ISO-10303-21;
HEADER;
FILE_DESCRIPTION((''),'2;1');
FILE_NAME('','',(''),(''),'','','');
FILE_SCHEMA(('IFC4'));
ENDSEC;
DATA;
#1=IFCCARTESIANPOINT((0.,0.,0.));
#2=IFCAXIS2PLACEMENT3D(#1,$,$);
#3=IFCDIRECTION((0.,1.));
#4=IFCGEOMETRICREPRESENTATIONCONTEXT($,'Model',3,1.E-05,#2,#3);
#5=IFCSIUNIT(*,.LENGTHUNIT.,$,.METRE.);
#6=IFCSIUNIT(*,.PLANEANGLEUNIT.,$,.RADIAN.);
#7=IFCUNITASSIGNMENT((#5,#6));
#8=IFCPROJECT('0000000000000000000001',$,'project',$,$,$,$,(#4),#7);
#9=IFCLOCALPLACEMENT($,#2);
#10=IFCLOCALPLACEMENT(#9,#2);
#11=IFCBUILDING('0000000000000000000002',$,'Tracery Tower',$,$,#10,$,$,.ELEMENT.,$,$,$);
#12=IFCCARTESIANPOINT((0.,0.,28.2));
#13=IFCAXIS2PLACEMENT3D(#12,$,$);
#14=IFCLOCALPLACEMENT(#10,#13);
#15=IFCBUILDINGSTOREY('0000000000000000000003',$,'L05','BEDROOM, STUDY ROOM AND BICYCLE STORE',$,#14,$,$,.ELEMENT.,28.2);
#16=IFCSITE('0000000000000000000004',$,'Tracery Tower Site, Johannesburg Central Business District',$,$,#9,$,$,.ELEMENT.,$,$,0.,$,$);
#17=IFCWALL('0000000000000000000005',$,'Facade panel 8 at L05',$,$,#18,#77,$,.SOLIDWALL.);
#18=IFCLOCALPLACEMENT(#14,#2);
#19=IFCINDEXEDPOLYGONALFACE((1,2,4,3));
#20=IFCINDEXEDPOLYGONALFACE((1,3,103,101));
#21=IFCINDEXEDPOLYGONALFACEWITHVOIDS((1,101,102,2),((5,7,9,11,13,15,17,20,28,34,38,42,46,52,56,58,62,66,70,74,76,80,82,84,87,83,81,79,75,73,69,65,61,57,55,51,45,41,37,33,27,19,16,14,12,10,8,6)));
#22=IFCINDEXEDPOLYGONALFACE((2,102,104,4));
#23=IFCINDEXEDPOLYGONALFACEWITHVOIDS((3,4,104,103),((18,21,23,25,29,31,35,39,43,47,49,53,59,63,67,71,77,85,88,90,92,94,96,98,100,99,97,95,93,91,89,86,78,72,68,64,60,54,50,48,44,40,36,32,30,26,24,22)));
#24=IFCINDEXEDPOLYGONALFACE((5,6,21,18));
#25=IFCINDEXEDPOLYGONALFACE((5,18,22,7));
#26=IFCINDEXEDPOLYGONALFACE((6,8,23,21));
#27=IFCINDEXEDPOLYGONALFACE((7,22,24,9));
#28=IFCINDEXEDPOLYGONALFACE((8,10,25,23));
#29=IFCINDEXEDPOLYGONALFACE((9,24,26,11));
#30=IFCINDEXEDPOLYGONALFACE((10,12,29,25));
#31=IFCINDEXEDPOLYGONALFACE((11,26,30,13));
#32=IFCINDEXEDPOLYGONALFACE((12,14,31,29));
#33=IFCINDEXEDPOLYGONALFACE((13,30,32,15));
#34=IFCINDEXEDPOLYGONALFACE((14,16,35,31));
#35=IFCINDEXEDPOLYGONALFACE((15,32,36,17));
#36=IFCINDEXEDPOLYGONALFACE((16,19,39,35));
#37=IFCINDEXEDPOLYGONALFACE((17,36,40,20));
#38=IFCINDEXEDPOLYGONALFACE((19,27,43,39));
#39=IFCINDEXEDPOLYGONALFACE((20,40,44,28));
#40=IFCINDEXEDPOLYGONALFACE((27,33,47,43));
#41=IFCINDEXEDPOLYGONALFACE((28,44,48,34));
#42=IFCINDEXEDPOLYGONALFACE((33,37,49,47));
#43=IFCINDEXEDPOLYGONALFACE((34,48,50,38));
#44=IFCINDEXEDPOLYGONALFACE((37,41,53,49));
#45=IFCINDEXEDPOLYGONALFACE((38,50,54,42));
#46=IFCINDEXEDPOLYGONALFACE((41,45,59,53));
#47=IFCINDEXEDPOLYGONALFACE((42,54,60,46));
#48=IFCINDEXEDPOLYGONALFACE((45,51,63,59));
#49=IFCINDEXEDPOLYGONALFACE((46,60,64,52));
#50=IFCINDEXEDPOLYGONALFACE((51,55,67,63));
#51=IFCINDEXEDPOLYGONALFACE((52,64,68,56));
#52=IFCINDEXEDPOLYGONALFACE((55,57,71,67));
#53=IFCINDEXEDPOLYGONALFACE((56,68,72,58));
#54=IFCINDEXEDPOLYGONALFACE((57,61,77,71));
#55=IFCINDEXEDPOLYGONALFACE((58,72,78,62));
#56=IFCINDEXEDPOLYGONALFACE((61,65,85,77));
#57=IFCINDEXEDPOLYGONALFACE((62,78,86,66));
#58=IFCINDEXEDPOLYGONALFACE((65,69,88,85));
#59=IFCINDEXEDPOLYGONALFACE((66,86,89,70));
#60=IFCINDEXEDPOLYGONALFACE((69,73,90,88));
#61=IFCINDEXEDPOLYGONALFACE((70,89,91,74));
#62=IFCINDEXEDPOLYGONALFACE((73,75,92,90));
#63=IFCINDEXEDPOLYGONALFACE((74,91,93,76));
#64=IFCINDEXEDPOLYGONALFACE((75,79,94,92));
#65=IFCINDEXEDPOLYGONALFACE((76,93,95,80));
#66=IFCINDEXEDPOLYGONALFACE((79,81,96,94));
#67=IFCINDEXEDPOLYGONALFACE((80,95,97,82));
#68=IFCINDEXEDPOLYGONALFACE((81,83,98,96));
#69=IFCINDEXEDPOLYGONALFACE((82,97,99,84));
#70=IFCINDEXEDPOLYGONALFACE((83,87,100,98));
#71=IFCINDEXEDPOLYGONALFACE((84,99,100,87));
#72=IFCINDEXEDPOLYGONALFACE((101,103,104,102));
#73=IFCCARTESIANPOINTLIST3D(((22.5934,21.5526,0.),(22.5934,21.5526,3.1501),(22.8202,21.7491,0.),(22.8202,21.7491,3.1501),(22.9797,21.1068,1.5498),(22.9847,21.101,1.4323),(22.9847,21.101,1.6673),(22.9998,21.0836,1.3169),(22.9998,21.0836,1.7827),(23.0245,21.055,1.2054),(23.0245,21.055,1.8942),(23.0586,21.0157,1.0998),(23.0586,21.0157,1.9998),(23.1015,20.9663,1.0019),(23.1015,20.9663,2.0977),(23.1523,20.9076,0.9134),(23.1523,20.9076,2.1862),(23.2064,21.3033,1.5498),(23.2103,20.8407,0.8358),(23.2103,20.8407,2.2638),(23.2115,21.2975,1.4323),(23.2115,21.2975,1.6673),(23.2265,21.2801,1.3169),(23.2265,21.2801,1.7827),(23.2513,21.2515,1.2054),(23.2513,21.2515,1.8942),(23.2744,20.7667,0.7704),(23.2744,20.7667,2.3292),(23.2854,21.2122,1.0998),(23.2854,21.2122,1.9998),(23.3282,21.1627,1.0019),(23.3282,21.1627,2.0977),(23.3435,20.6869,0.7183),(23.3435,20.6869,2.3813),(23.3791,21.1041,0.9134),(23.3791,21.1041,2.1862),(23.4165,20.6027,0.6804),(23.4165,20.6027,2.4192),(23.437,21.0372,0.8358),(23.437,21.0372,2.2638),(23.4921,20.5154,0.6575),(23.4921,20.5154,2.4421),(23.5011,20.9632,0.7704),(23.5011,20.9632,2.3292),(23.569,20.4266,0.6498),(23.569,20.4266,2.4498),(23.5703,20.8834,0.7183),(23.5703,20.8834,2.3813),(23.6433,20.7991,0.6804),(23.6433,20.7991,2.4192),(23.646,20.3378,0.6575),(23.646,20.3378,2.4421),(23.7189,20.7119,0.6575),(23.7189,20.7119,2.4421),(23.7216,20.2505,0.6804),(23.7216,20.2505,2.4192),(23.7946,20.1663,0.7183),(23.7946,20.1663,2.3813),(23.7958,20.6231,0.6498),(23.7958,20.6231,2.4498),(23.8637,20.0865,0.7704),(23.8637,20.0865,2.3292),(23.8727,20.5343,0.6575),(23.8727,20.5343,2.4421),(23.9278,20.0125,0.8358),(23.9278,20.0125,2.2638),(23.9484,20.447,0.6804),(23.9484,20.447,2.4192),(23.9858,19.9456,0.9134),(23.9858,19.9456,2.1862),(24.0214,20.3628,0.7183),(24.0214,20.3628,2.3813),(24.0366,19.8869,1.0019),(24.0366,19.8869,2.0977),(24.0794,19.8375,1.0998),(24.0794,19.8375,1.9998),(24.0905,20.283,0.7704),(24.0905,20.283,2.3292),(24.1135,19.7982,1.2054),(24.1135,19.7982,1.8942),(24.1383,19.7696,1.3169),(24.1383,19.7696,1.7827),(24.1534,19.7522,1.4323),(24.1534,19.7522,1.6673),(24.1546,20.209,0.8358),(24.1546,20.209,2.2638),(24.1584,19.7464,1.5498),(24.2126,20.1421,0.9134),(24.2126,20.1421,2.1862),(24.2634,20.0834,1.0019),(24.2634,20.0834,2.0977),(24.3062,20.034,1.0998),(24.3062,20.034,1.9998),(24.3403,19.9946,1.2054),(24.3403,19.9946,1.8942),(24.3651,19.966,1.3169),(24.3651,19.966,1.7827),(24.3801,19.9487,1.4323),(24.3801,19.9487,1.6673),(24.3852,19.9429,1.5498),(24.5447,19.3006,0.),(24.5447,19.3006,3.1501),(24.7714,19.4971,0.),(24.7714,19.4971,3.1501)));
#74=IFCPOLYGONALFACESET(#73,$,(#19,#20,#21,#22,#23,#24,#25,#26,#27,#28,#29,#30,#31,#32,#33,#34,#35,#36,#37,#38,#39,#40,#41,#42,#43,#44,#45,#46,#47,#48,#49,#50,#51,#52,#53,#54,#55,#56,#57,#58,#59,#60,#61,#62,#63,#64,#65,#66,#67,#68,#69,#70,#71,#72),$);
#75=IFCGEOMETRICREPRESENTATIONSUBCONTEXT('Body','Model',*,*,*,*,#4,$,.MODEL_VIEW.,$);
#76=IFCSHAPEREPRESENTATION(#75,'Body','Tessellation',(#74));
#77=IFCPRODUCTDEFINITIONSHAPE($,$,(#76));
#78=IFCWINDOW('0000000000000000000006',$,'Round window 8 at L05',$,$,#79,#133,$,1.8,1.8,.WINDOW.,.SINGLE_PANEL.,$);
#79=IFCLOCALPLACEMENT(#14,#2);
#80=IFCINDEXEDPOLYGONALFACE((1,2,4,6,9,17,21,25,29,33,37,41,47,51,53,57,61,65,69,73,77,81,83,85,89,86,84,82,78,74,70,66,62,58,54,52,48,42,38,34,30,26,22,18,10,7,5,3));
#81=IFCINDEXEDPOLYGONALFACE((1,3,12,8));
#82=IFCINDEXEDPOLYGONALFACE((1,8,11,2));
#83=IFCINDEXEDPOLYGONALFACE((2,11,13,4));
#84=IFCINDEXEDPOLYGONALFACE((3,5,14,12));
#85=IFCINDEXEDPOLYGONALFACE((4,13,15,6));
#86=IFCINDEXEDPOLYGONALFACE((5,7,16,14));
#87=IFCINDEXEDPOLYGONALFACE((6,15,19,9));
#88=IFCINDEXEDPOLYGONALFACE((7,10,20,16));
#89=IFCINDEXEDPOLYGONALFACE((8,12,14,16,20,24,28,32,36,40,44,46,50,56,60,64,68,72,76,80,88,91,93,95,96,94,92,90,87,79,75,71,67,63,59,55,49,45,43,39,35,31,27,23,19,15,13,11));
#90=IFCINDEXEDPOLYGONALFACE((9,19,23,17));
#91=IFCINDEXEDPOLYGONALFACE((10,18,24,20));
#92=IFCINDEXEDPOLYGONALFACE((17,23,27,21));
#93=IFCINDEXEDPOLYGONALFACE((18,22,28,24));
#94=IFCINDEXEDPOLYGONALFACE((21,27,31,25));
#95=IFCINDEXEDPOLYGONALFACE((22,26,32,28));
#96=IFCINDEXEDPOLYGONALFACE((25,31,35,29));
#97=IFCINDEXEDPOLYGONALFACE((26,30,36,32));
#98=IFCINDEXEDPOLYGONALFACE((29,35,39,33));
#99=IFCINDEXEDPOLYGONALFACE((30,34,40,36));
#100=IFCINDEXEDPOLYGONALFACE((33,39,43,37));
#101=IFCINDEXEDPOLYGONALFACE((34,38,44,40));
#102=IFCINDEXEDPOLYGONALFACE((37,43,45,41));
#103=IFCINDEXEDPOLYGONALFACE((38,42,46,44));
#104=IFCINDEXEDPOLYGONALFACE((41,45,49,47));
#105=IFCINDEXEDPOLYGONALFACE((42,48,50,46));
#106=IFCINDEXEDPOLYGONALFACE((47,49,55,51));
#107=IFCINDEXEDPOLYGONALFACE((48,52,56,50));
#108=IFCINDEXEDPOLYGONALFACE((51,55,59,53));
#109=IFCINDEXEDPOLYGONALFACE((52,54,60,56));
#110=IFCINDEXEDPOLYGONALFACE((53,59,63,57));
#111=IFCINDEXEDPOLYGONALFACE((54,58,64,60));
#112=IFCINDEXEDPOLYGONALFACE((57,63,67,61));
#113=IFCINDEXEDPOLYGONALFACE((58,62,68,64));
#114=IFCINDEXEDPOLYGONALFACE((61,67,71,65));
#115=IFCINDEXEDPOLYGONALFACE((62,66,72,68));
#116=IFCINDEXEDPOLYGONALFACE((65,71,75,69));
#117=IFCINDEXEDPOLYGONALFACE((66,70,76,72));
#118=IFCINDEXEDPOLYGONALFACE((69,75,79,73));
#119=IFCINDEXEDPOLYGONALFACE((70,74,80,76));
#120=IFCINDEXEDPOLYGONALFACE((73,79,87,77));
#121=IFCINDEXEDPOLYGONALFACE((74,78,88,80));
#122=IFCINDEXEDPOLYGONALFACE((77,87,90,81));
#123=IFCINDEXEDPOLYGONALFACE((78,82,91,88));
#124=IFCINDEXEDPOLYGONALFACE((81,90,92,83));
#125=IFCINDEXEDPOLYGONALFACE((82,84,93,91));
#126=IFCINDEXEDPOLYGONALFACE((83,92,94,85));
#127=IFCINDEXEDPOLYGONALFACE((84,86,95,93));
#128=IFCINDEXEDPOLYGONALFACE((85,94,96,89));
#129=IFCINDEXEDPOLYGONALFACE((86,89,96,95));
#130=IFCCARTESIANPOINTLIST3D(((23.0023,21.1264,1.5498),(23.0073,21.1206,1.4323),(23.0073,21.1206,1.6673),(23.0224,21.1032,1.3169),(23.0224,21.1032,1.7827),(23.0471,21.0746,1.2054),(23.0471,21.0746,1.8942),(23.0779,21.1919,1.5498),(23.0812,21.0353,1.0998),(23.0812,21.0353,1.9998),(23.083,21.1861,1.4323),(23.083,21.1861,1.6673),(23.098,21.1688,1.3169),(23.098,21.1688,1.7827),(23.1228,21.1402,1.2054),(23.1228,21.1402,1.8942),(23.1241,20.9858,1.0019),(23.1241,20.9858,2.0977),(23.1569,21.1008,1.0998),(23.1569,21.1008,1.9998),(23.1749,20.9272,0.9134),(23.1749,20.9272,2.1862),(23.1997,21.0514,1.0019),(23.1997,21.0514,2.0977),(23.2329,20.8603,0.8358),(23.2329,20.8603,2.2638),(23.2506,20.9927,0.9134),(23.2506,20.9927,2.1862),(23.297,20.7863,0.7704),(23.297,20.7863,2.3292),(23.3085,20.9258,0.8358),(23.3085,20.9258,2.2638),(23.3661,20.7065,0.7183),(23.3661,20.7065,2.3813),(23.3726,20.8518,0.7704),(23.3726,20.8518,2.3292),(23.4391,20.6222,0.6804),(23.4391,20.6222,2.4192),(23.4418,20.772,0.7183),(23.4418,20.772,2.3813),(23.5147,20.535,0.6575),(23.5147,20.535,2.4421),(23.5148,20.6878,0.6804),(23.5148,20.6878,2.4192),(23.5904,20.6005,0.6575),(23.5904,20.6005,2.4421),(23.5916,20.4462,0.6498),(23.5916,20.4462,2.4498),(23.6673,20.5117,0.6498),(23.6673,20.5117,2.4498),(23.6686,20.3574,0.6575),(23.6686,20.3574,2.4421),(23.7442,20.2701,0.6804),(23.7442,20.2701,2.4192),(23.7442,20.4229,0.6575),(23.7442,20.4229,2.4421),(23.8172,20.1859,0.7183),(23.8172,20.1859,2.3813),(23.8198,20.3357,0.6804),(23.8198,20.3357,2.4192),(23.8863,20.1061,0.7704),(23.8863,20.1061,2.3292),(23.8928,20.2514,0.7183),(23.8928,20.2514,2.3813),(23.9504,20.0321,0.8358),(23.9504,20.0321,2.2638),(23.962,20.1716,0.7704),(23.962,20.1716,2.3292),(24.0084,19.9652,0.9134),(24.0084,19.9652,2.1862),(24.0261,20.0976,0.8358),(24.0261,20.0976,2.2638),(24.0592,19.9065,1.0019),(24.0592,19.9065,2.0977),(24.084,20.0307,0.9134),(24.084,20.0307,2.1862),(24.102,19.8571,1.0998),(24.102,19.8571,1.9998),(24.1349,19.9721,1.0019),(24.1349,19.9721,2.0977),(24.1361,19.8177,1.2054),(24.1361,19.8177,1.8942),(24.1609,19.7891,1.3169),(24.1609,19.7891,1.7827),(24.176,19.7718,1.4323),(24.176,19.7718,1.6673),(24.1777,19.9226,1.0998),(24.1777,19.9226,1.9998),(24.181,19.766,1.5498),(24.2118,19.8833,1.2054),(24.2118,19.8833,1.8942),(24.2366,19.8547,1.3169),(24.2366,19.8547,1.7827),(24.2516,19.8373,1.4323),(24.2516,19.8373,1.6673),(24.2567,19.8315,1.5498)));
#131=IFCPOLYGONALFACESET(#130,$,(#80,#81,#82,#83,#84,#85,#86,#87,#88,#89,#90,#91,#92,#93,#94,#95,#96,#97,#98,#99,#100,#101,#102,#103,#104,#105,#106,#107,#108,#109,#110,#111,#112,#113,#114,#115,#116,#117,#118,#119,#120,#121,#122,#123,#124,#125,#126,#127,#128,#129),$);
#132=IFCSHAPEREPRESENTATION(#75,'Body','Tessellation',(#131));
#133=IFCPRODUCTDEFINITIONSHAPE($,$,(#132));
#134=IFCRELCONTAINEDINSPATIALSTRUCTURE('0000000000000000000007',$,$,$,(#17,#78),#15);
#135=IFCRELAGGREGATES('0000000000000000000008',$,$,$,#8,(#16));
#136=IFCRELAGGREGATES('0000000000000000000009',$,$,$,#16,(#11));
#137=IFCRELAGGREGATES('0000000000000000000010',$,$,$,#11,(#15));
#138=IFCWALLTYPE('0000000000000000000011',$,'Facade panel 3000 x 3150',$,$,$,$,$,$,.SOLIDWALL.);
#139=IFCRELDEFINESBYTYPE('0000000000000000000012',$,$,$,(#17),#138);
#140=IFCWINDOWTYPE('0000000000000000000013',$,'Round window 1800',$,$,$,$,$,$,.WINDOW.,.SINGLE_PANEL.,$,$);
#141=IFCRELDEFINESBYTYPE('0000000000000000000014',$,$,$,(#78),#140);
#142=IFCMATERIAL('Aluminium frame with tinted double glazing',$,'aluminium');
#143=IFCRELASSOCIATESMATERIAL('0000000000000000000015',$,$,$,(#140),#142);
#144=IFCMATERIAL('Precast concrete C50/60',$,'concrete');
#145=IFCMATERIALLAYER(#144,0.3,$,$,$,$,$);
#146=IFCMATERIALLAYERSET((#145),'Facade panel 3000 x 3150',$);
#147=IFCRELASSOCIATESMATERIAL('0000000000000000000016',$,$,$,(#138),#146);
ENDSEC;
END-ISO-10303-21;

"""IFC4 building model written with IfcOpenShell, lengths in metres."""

from ifc_helpers import new_model, si_unit, direction, frame, frame_2d, origin, origin_2d, place, context, subcontext, project, spatial, rectangle, circle, extrude, material, layer, layer_set, type_object, element, fill, save


model = new_model("IFC4")

# Units and contexts
model_context = context("Model", 3, precision=1e-05, world=origin(), true_north=direction((0.0, 1.0)))
body_context = subcontext(model_context, "Body", "Model", "MODEL_VIEW")
ifc_project = project(units=[si_unit("LENGTHUNIT", "METRE"), si_unit("PLANEANGLEUNIT", "RADIAN")], contexts=[model_context])

# Site, building, storey
site_placement = place(None, origin())
site = spatial("IfcSite", under=ifc_project, at=site_placement, Name="Tracery Tower Site, Johannesburg Central Business District", CompositionType="ELEMENT", RefElevation=0.0)
building_placement = place(site_placement, origin())
building = spatial("IfcBuilding", under=site, at=building_placement, Name="Tracery Tower", CompositionType="ELEMENT")
storey_placement = place(building_placement, frame((0.0, 0.0, 28.2)))
storey = spatial("IfcBuildingStorey", under=building, at=storey_placement, Name="L05", Description="BEDROOM, STUDY ROOM AND BICYCLE STORE", CompositionType="ELEMENT", Elevation=28.2)

# Wall, opening, window
ifc_material_1 = material(Name="Aluminium frame with tinted double glazing", Category="aluminium")
window_type = type_object("IfcWindowType", Name="Round window 1800", PartitioningType="SINGLE_PANEL", PredefinedType="WINDOW", material=ifc_material_1)
ifc_material_2 = material(Name="Precast concrete C50/60", Category="concrete")
ifc_layer_1 = layer(ifc_material_2, 0.3)
ifc_layer_set_1 = layer_set([ifc_layer_1], Name="Facade panel 3000 x 3150")
wall_type_1 = type_object("IfcWallType", Name="Facade panel 3000 x 3150", PredefinedType="SOLIDWALL", material=ifc_layer_set_1)
wall_1_placement = place(storey_placement, frame((24.658, 19.3989, 0.0), z_axis=(0.0, 0.0, 1.0), x_axis=(-0.654831, 0.755776, 0.0)))
wall_1 = element("IfcWall", 1, at=wall_1_placement, inside=storey, type_object=wall_type_1, Name="Facade panel 8 at L05", PredefinedType="SOLIDWALL", context=body_context, shape_type="SweptSolid", body=[
    extrude(rectangle(XDim=2.9797, YDim=0.3, at=frame_2d((1.4897, 0.0))), origin(), (0.0, 0.0, 1.0), 3.1501),
])
opening_1_placement = place(wall_1_placement, frame((1.4897, 0.0, 1.5498)))
opening_1 = element("IfcOpeningElement", 2, at=opening_1_placement, cuts=wall_1, PredefinedType="OPENING", context=body_context, shape_type="SweptSolid", body=[
    extrude(circle(Radius=0.9, at=origin_2d()), frame((0.0, 0.1599, 0.0), z_axis=(0.0, -1.0, 0.0), x_axis=(1.0, 0.0, 0.0)), (0.0, 0.0, 1.0), 0.3201),
])
window_1_placement = place(opening_1_placement, origin())
window_1 = element("IfcWindow", 3, at=window_1_placement, inside=storey, type_object=window_type, Name="Round window 8 at L05", OverallHeight=1.8, OverallWidth=1.8, PartitioningType="SINGLE_PANEL", PredefinedType="WINDOW", context=body_context, shape_type="SweptSolid", body=[
    extrude(circle(Radius=0.9, at=origin_2d()), frame((0.0, 0.1201, 0.0), z_axis=(0.0, -1.0, 0.0), x_axis=(1.0, 0.0, 0.0)), (0.0, 0.0, 1.0), 0.1001),
])
fill(opening_1, window_1)

save(model, "model.ifc")
